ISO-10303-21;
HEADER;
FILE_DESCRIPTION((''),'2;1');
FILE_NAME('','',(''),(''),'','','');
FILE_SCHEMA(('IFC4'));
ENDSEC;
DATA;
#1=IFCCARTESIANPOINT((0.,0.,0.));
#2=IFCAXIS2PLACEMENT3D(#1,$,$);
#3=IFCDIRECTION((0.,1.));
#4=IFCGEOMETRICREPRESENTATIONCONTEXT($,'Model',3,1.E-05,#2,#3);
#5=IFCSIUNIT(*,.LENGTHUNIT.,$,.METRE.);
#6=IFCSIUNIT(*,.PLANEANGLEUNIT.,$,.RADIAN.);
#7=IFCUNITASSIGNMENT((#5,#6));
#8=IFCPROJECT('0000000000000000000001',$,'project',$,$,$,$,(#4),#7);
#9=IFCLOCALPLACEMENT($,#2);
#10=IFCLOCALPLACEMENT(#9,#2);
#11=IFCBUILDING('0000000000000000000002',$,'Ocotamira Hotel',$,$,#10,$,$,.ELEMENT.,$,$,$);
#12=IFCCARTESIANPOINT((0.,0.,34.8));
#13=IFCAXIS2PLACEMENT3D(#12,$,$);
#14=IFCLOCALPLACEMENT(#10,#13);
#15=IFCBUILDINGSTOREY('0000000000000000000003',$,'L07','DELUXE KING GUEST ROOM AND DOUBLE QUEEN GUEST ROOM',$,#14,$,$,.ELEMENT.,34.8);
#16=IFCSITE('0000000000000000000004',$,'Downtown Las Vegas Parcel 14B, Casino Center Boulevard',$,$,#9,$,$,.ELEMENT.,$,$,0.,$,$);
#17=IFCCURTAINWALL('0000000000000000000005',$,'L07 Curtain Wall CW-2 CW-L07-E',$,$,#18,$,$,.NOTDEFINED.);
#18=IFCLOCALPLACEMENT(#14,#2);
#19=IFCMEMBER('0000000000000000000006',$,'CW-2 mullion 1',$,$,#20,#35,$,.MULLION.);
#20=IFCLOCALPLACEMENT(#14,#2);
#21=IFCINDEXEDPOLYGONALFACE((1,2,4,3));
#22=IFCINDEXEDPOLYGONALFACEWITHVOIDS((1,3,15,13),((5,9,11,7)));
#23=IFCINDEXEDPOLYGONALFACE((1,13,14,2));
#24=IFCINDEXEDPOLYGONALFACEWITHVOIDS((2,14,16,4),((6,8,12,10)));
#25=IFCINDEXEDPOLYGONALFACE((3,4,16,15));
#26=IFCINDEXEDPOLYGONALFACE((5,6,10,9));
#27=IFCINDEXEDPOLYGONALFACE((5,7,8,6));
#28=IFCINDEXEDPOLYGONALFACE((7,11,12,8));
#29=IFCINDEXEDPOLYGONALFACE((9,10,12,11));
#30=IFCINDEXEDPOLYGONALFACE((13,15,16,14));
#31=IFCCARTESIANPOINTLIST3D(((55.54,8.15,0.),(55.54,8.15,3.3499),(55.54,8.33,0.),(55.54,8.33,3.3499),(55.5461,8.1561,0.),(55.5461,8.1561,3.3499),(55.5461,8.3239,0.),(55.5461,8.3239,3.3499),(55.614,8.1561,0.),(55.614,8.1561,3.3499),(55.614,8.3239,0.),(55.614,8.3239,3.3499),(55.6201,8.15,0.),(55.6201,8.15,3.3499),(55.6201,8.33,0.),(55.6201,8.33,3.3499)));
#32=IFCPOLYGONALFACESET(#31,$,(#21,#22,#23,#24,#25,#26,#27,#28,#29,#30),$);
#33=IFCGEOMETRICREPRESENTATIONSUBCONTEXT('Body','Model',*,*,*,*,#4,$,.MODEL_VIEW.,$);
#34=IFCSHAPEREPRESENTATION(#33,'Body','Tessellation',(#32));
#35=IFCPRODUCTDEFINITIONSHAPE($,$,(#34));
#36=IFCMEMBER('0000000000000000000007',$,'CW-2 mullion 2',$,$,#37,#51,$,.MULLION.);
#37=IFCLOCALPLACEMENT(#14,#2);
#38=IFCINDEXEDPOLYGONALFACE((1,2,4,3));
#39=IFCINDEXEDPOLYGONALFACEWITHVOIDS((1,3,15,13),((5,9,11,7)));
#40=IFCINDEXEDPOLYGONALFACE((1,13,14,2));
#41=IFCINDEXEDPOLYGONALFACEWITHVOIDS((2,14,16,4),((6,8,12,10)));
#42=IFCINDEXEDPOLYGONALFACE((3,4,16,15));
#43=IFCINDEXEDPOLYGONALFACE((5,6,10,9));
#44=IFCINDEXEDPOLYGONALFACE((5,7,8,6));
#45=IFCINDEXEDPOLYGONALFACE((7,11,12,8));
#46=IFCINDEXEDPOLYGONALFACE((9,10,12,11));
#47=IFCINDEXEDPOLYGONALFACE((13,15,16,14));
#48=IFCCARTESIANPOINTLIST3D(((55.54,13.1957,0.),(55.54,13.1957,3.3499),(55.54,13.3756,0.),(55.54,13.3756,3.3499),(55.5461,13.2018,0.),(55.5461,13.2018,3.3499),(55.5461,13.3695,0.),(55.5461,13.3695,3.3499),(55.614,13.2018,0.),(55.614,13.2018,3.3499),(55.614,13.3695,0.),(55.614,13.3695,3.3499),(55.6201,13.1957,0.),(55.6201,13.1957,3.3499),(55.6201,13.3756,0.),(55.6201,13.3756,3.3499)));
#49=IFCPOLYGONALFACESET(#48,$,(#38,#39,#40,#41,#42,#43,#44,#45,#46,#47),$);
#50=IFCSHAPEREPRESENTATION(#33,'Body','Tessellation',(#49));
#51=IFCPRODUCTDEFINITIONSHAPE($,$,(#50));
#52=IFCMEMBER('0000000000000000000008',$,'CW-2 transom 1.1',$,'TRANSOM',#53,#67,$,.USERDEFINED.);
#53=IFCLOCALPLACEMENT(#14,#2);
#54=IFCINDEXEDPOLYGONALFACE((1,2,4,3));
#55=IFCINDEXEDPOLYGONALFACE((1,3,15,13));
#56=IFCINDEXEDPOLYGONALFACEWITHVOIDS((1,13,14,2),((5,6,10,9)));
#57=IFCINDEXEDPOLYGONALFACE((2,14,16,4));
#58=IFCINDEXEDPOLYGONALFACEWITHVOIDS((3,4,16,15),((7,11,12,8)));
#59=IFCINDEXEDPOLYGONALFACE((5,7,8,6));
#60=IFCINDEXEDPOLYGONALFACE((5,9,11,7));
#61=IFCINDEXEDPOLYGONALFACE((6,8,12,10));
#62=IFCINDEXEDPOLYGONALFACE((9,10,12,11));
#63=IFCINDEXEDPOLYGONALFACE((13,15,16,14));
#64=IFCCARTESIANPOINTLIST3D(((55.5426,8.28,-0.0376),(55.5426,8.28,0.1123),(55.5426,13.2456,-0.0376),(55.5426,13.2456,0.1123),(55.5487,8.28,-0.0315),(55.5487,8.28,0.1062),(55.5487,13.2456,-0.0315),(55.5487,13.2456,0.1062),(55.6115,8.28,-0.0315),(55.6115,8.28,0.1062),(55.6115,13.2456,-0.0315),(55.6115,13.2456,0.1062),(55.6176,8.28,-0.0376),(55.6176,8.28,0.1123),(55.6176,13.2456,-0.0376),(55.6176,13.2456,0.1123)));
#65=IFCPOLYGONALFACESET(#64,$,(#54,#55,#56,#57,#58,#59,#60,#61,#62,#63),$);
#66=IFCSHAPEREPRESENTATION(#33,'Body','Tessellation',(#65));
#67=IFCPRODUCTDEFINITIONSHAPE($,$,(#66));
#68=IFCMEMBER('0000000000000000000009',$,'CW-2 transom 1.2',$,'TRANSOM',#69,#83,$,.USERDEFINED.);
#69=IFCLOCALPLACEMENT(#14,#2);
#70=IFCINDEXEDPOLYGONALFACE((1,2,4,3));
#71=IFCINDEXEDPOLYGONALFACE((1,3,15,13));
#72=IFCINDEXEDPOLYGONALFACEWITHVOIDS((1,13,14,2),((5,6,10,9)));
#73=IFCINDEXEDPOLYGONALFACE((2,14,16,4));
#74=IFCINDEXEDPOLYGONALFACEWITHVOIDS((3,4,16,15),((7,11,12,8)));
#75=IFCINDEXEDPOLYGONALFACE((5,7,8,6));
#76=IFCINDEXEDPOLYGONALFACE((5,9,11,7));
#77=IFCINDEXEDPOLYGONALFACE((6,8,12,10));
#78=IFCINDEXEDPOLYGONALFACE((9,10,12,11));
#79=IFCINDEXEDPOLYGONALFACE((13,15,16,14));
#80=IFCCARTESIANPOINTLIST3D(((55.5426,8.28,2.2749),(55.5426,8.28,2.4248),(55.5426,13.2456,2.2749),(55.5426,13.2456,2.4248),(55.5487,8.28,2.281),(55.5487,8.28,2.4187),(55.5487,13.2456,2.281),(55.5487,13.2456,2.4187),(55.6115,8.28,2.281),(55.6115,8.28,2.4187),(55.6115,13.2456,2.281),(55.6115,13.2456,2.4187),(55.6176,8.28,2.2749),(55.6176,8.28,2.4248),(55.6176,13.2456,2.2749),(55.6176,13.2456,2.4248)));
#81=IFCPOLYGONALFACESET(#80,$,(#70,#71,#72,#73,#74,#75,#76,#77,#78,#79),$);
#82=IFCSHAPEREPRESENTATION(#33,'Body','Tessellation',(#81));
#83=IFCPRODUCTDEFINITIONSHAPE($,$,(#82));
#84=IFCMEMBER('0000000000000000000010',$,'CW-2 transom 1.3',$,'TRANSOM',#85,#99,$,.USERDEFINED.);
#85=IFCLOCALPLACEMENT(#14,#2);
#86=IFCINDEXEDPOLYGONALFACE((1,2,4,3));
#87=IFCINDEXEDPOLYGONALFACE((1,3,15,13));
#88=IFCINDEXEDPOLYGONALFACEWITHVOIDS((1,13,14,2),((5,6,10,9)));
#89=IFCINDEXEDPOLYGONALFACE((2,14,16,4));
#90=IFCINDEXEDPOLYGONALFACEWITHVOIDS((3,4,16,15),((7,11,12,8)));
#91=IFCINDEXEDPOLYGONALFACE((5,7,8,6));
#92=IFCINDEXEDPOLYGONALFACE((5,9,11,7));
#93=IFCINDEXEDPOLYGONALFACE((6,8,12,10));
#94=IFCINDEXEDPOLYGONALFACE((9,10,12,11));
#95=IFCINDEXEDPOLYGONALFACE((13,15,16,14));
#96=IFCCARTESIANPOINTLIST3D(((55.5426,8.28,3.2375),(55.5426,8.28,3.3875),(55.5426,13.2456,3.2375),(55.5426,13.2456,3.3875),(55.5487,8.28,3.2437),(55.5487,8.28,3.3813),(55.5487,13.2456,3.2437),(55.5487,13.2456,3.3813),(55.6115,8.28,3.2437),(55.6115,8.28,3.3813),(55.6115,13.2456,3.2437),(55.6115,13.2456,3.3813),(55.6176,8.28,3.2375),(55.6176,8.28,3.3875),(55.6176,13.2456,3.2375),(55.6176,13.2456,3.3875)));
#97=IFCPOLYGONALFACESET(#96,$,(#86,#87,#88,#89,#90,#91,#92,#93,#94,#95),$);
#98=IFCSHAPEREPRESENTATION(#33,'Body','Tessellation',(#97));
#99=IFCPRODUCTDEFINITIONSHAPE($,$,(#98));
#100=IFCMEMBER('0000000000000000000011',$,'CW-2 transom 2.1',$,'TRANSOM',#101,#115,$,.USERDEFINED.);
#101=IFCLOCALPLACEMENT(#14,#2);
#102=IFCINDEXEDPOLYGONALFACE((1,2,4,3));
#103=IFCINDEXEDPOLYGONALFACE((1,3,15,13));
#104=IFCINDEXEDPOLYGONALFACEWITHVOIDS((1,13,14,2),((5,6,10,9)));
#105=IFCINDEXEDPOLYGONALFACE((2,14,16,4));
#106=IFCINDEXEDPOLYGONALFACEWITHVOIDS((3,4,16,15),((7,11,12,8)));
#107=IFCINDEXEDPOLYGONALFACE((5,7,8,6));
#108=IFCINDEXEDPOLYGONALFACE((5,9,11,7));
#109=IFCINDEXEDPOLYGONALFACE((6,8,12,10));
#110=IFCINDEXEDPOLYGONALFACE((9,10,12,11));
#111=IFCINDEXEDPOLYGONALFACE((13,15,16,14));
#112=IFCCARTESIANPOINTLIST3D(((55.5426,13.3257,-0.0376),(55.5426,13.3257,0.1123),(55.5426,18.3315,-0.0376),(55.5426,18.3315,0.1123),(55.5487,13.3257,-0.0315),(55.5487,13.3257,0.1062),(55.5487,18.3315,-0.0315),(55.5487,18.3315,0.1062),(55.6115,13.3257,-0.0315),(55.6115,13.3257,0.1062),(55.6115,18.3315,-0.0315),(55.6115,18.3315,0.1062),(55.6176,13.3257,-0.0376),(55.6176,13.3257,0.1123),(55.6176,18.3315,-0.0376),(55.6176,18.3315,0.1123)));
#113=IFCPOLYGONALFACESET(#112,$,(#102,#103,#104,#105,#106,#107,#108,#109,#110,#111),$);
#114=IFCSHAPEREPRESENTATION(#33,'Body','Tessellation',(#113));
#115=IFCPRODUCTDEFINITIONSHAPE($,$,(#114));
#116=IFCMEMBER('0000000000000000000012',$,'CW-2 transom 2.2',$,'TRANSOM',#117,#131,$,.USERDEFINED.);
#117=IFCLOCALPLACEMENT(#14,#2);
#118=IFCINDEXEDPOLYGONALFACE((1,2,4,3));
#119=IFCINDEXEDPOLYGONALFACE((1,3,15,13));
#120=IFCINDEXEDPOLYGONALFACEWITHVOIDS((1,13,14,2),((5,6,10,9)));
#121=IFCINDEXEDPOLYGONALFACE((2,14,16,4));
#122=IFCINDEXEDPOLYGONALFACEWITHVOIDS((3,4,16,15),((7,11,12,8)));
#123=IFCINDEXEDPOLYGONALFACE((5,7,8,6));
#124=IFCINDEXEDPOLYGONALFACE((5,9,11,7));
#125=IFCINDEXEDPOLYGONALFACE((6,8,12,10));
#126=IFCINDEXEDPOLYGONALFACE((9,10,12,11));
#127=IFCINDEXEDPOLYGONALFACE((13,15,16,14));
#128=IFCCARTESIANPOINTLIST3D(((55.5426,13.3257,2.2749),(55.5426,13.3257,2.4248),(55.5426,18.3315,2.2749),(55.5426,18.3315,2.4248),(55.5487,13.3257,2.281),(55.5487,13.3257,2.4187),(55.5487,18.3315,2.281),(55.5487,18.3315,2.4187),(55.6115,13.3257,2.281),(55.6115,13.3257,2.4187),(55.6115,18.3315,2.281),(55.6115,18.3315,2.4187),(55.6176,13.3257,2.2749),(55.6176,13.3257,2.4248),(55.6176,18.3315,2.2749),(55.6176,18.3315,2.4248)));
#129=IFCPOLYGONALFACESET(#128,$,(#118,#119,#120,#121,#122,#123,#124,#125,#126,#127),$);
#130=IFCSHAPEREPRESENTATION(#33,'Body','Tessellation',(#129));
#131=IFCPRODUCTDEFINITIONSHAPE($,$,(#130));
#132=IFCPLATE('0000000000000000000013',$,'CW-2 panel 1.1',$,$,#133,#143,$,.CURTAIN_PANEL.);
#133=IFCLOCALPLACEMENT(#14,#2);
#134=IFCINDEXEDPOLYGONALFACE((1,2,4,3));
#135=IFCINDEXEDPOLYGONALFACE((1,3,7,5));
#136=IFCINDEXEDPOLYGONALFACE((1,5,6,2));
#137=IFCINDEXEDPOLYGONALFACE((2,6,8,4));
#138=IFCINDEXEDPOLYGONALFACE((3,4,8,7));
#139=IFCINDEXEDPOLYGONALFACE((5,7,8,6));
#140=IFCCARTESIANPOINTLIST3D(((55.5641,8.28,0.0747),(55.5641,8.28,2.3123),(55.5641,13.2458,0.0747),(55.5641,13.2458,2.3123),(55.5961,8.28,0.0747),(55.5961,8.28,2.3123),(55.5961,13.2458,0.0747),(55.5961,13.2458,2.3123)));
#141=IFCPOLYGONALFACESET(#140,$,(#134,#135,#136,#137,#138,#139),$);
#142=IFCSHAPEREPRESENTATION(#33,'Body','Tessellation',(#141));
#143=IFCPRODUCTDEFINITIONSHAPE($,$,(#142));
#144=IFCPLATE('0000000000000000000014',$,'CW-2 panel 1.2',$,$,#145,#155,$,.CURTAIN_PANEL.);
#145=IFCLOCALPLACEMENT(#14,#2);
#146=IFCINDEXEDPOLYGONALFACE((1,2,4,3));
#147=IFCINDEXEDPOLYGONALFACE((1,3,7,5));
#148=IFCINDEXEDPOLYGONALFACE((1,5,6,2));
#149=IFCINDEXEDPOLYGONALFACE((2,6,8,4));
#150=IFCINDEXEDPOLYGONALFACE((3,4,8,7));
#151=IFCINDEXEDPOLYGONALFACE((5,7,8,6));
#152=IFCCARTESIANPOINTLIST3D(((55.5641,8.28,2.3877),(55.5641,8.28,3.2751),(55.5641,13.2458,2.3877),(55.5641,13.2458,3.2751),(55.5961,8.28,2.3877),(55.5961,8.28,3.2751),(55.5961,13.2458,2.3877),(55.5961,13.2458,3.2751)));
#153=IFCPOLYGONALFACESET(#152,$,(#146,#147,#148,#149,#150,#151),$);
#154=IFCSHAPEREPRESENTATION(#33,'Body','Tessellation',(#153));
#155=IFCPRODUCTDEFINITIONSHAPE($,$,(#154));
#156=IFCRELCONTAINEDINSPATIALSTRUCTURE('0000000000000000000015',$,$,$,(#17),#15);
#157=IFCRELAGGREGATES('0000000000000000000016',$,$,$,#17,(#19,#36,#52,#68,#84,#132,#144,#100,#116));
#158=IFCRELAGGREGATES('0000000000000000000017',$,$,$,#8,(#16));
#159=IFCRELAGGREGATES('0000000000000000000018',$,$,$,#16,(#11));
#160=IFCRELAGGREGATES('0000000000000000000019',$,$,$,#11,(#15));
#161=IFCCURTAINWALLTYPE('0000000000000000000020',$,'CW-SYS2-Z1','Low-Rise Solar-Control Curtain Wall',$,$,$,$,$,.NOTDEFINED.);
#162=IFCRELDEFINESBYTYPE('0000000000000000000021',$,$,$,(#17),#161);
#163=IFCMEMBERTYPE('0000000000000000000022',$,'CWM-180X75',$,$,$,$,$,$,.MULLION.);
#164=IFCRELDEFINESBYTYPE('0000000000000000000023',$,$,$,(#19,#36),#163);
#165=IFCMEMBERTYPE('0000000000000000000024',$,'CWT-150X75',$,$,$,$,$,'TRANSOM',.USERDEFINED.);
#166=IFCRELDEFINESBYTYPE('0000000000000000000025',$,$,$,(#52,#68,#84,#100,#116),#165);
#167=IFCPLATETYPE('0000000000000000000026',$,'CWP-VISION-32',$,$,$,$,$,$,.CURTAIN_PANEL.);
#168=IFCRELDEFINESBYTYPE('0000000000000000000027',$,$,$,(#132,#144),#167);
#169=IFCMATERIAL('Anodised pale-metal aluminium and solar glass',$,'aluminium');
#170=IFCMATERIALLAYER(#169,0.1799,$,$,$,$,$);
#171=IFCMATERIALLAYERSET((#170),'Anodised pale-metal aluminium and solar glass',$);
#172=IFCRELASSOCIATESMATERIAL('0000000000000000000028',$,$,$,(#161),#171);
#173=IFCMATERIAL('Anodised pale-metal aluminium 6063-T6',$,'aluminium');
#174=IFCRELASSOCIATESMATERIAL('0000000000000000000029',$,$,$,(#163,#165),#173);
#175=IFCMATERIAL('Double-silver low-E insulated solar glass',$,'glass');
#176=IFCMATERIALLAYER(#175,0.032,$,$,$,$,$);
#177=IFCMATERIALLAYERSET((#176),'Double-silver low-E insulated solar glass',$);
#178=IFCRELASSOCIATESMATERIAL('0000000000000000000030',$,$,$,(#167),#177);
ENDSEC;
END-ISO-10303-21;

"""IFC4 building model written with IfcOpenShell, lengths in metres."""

from ifc_helpers import new_model, si_unit, direction, frame, origin, origin_2d, place, context, subcontext, project, spatial, rectangle, hollow_rectangle, extrude, source, transform, mapped, material, layer, layer_set, material_profile, profile_set, type_object, element, aggregate, save


model = new_model("IFC4")

# Units and contexts
model_context = context("Model", 3, precision=1e-05, world=origin(), true_north=direction((0.0, 1.0)))
body_context = subcontext(model_context, "Body", "Model", "MODEL_VIEW")
ifc_project = project(units=[si_unit("LENGTHUNIT", "METRE"), si_unit("PLANEANGLEUNIT", "RADIAN")], contexts=[model_context])

# Site, building, storey
site_placement = place(None, origin())
site = spatial("IfcSite", under=ifc_project, at=site_placement, Name="Downtown Las Vegas Parcel 14B, Casino Center Boulevard", CompositionType="ELEMENT", RefElevation=0.0)
building_placement = place(site_placement, origin())
building = spatial("IfcBuilding", under=site, at=building_placement, Name="Ocotamira Hotel", CompositionType="ELEMENT")
storey_placement = place(building_placement, frame((0.0, 0.0, 34.8)))
storey = spatial("IfcBuildingStorey", under=building, at=storey_placement, Name="L07", Description="DELUXE KING GUEST ROOM AND DOUBLE QUEEN GUEST ROOM", CompositionType="ELEMENT", Elevation=34.8)

# Curtain wall, members, plates
ifc_material_1 = material(Name="Anodised pale-metal aluminium and solar glass", Category="aluminium")
ifc_layer_1 = layer(ifc_material_1, 0.1799)
ifc_layer_set_1 = layer_set([ifc_layer_1], Name="Anodised pale-metal aluminium and solar glass")
curtain_wall_type = type_object("IfcCurtainWallType", Name="CW-SYS2-Z1", Description="Low-Rise Solar-Control Curtain Wall", PredefinedType="NOTDEFINED", material=ifc_layer_set_1)
curtain_wall_placement = place(storey_placement, origin())
curtain_wall = element("IfcCurtainWall", 1, at=curtain_wall_placement, inside=storey, type_object=curtain_wall_type, Name="L07 Curtain Wall CW-2 CW-L07-E", PredefinedType="NOTDEFINED")
ifc_material_2 = material(Name="Anodised pale-metal aluminium 6063-T6", Category="aluminium")
ifc_material_profile_1 = material_profile(ifc_material_2, hollow_rectangle(XDim=0.0801, YDim=0.1799, WallThickness=0.0061, at=origin_2d()), Name="HSS180X80X6")
ifc_profile_set_1 = profile_set([ifc_material_profile_1], Name="Anodised pale-metal aluminium 6063-T6")
member_type_1 = type_object("IfcMemberType", Name="CWM-180X75", PredefinedType="MULLION", material=ifc_profile_set_1)
shared_shape_1 = source(origin(), body_context, "Body", "SweptSolid", [
    extrude(hollow_rectangle(XDim=0.0801, YDim=0.1799, WallThickness=0.0061, at=origin_2d()), origin(), (0.0, 0.0, 1.0), 3.3499),
])
member_1_placement = place(storey_placement, frame((55.5801, 8.24, 0.0), z_axis=(0.0, 0.0, 1.0), x_axis=(-1.0, 0.0, 0.0)))
member_1 = element("IfcMember", 2, at=member_1_placement, type_object=member_type_1, Name="CW-2 mullion 1", PredefinedType="MULLION", context=body_context, shape_type="MappedRepresentation", body=[
    mapped(shared_shape_1, transform((0.0, 0.0, 0.0), scale=1.0)),
])
member_2_placement = place(storey_placement, frame((55.5801, 13.2856, 0.0), z_axis=(0.0, 0.0, 1.0), x_axis=(-1.0, 0.0, 0.0)))
member_2 = element("IfcMember", 3, at=member_2_placement, type_object=member_type_1, Name="CW-2 mullion 2", PredefinedType="MULLION", context=body_context, shape_type="MappedRepresentation", body=[
    mapped(shared_shape_1, transform((0.0, 0.0, 0.0), scale=1.0)),
])
ifc_material_profile_2 = material_profile(ifc_material_2, hollow_rectangle(XDim=0.075, YDim=0.1499, WallThickness=0.0061, at=origin_2d()), Name="HSS150X75X6")
ifc_profile_set_2 = profile_set([ifc_material_profile_2], Name="Anodised pale-metal aluminium 6063-T6")
member_type_2 = type_object("IfcMemberType", Name="CWT-150X75", ElementType="TRANSOM", PredefinedType="USERDEFINED", material=ifc_profile_set_2)
shared_shape_2 = source(origin(), body_context, "Body", "SweptSolid", [
    extrude(hollow_rectangle(XDim=0.075, YDim=0.1499, WallThickness=0.0061, at=origin_2d()), origin(), (0.0, 0.0, 1.0), 4.9656),
])
member_3_placement = place(storey_placement, frame((55.5801, 8.28, 0.0374), z_axis=(0.0, 1.0, 0.0), x_axis=(-1.0, 0.0, 0.0)))
member_3 = element("IfcMember", 4, at=member_3_placement, type_object=member_type_2, Name="CW-2 transom 1.1", ObjectType="TRANSOM", PredefinedType="USERDEFINED", context=body_context, shape_type="MappedRepresentation", body=[
    mapped(shared_shape_2, transform((0.0, 0.0, 0.0), scale=1.0)),
])
member_4_placement = place(storey_placement, frame((55.5801, 8.28, 2.3499), z_axis=(0.0, 1.0, 0.0), x_axis=(-1.0, 0.0, 0.0)))
member_4 = element("IfcMember", 5, at=member_4_placement, type_object=member_type_2, Name="CW-2 transom 1.2", ObjectType="TRANSOM", PredefinedType="USERDEFINED", context=body_context, shape_type="MappedRepresentation", body=[
    mapped(shared_shape_2, transform((0.0, 0.0, 0.0), scale=1.0)),
])
member_5_placement = place(storey_placement, frame((55.5801, 8.28, 3.3125), z_axis=(0.0, 1.0, 0.0), x_axis=(-1.0, 0.0, 0.0)))
member_5 = element("IfcMember", 6, at=member_5_placement, type_object=member_type_2, Name="CW-2 transom 1.3", ObjectType="TRANSOM", PredefinedType="USERDEFINED", context=body_context, shape_type="MappedRepresentation", body=[
    mapped(shared_shape_2, transform((0.0, 0.0, 0.0), scale=1.0)),
])
shared_shape_3 = source(origin(), body_context, "Body", "SweptSolid", [
    extrude(hollow_rectangle(XDim=0.075, YDim=0.1499, WallThickness=0.0061, at=origin_2d()), origin(), (0.0, 0.0, 1.0), 5.0059),
])
member_6_placement = place(storey_placement, frame((55.5801, 13.3257, 0.0374), z_axis=(0.0, 1.0, 0.0), x_axis=(-1.0, 0.0, 0.0)))
member_6 = element("IfcMember", 7, at=member_6_placement, type_object=member_type_2, Name="CW-2 transom 2.1", ObjectType="TRANSOM", PredefinedType="USERDEFINED", context=body_context, shape_type="MappedRepresentation", body=[
    mapped(shared_shape_3, transform((0.0, 0.0, 0.0), scale=1.0)),
])
member_7_placement = place(storey_placement, frame((55.5801, 13.3257, 2.3499), z_axis=(0.0, 1.0, 0.0), x_axis=(-1.0, 0.0, 0.0)))
member_7 = element("IfcMember", 8, at=member_7_placement, type_object=member_type_2, Name="CW-2 transom 2.2", ObjectType="TRANSOM", PredefinedType="USERDEFINED", context=body_context, shape_type="MappedRepresentation", body=[
    mapped(shared_shape_3, transform((0.0, 0.0, 0.0), scale=1.0)),
])
ifc_material_3 = material(Name="Double-silver low-E insulated solar glass", Category="glass")
ifc_layer_2 = layer(ifc_material_3, 0.032)
ifc_layer_set_2 = layer_set([ifc_layer_2], Name="Double-silver low-E insulated solar glass")
plate_type = type_object("IfcPlateType", Name="CWP-VISION-32", PredefinedType="CURTAIN_PANEL", material=ifc_layer_set_2)
shared_shape_4 = source(origin(), body_context, "Body", "SweptSolid", [
    extrude(rectangle(XDim=4.9658, YDim=0.032, at=origin_2d()), origin(), (0.0, 0.0, 1.0), 2.2375),
])
plate_1_placement = place(storey_placement, frame((55.5801, 10.7629, 0.0747), z_axis=(0.0, 0.0, 1.0), x_axis=(0.0, 1.0, 0.0)))
plate_1 = element("IfcPlate", 9, at=plate_1_placement, type_object=plate_type, Name="CW-2 panel 1.1", PredefinedType="CURTAIN_PANEL", context=body_context, shape_type="MappedRepresentation", body=[
    mapped(shared_shape_4, transform((0.0, 0.0, 0.0), scale=1.0)),
])
shared_shape_5 = source(origin(), body_context, "Body", "SweptSolid", [
    extrude(rectangle(XDim=4.9658, YDim=0.032, at=origin_2d()), origin(), (0.0, 0.0, 1.0), 0.8875),
])
plate_2_placement = place(storey_placement, frame((55.5801, 10.7629, 2.3877), z_axis=(0.0, 0.0, 1.0), x_axis=(0.0, 1.0, 0.0)))
plate_2 = element("IfcPlate", 10, at=plate_2_placement, type_object=plate_type, Name="CW-2 panel 1.2", PredefinedType="CURTAIN_PANEL", context=body_context, shape_type="MappedRepresentation", body=[
    mapped(shared_shape_5, transform((0.0, 0.0, 0.0), scale=1.0)),
])
aggregate(curtain_wall, [member_1, member_2, member_3, member_4, member_5, plate_1, plate_2, member_6, member_7])

save(model, "model.ifc")
